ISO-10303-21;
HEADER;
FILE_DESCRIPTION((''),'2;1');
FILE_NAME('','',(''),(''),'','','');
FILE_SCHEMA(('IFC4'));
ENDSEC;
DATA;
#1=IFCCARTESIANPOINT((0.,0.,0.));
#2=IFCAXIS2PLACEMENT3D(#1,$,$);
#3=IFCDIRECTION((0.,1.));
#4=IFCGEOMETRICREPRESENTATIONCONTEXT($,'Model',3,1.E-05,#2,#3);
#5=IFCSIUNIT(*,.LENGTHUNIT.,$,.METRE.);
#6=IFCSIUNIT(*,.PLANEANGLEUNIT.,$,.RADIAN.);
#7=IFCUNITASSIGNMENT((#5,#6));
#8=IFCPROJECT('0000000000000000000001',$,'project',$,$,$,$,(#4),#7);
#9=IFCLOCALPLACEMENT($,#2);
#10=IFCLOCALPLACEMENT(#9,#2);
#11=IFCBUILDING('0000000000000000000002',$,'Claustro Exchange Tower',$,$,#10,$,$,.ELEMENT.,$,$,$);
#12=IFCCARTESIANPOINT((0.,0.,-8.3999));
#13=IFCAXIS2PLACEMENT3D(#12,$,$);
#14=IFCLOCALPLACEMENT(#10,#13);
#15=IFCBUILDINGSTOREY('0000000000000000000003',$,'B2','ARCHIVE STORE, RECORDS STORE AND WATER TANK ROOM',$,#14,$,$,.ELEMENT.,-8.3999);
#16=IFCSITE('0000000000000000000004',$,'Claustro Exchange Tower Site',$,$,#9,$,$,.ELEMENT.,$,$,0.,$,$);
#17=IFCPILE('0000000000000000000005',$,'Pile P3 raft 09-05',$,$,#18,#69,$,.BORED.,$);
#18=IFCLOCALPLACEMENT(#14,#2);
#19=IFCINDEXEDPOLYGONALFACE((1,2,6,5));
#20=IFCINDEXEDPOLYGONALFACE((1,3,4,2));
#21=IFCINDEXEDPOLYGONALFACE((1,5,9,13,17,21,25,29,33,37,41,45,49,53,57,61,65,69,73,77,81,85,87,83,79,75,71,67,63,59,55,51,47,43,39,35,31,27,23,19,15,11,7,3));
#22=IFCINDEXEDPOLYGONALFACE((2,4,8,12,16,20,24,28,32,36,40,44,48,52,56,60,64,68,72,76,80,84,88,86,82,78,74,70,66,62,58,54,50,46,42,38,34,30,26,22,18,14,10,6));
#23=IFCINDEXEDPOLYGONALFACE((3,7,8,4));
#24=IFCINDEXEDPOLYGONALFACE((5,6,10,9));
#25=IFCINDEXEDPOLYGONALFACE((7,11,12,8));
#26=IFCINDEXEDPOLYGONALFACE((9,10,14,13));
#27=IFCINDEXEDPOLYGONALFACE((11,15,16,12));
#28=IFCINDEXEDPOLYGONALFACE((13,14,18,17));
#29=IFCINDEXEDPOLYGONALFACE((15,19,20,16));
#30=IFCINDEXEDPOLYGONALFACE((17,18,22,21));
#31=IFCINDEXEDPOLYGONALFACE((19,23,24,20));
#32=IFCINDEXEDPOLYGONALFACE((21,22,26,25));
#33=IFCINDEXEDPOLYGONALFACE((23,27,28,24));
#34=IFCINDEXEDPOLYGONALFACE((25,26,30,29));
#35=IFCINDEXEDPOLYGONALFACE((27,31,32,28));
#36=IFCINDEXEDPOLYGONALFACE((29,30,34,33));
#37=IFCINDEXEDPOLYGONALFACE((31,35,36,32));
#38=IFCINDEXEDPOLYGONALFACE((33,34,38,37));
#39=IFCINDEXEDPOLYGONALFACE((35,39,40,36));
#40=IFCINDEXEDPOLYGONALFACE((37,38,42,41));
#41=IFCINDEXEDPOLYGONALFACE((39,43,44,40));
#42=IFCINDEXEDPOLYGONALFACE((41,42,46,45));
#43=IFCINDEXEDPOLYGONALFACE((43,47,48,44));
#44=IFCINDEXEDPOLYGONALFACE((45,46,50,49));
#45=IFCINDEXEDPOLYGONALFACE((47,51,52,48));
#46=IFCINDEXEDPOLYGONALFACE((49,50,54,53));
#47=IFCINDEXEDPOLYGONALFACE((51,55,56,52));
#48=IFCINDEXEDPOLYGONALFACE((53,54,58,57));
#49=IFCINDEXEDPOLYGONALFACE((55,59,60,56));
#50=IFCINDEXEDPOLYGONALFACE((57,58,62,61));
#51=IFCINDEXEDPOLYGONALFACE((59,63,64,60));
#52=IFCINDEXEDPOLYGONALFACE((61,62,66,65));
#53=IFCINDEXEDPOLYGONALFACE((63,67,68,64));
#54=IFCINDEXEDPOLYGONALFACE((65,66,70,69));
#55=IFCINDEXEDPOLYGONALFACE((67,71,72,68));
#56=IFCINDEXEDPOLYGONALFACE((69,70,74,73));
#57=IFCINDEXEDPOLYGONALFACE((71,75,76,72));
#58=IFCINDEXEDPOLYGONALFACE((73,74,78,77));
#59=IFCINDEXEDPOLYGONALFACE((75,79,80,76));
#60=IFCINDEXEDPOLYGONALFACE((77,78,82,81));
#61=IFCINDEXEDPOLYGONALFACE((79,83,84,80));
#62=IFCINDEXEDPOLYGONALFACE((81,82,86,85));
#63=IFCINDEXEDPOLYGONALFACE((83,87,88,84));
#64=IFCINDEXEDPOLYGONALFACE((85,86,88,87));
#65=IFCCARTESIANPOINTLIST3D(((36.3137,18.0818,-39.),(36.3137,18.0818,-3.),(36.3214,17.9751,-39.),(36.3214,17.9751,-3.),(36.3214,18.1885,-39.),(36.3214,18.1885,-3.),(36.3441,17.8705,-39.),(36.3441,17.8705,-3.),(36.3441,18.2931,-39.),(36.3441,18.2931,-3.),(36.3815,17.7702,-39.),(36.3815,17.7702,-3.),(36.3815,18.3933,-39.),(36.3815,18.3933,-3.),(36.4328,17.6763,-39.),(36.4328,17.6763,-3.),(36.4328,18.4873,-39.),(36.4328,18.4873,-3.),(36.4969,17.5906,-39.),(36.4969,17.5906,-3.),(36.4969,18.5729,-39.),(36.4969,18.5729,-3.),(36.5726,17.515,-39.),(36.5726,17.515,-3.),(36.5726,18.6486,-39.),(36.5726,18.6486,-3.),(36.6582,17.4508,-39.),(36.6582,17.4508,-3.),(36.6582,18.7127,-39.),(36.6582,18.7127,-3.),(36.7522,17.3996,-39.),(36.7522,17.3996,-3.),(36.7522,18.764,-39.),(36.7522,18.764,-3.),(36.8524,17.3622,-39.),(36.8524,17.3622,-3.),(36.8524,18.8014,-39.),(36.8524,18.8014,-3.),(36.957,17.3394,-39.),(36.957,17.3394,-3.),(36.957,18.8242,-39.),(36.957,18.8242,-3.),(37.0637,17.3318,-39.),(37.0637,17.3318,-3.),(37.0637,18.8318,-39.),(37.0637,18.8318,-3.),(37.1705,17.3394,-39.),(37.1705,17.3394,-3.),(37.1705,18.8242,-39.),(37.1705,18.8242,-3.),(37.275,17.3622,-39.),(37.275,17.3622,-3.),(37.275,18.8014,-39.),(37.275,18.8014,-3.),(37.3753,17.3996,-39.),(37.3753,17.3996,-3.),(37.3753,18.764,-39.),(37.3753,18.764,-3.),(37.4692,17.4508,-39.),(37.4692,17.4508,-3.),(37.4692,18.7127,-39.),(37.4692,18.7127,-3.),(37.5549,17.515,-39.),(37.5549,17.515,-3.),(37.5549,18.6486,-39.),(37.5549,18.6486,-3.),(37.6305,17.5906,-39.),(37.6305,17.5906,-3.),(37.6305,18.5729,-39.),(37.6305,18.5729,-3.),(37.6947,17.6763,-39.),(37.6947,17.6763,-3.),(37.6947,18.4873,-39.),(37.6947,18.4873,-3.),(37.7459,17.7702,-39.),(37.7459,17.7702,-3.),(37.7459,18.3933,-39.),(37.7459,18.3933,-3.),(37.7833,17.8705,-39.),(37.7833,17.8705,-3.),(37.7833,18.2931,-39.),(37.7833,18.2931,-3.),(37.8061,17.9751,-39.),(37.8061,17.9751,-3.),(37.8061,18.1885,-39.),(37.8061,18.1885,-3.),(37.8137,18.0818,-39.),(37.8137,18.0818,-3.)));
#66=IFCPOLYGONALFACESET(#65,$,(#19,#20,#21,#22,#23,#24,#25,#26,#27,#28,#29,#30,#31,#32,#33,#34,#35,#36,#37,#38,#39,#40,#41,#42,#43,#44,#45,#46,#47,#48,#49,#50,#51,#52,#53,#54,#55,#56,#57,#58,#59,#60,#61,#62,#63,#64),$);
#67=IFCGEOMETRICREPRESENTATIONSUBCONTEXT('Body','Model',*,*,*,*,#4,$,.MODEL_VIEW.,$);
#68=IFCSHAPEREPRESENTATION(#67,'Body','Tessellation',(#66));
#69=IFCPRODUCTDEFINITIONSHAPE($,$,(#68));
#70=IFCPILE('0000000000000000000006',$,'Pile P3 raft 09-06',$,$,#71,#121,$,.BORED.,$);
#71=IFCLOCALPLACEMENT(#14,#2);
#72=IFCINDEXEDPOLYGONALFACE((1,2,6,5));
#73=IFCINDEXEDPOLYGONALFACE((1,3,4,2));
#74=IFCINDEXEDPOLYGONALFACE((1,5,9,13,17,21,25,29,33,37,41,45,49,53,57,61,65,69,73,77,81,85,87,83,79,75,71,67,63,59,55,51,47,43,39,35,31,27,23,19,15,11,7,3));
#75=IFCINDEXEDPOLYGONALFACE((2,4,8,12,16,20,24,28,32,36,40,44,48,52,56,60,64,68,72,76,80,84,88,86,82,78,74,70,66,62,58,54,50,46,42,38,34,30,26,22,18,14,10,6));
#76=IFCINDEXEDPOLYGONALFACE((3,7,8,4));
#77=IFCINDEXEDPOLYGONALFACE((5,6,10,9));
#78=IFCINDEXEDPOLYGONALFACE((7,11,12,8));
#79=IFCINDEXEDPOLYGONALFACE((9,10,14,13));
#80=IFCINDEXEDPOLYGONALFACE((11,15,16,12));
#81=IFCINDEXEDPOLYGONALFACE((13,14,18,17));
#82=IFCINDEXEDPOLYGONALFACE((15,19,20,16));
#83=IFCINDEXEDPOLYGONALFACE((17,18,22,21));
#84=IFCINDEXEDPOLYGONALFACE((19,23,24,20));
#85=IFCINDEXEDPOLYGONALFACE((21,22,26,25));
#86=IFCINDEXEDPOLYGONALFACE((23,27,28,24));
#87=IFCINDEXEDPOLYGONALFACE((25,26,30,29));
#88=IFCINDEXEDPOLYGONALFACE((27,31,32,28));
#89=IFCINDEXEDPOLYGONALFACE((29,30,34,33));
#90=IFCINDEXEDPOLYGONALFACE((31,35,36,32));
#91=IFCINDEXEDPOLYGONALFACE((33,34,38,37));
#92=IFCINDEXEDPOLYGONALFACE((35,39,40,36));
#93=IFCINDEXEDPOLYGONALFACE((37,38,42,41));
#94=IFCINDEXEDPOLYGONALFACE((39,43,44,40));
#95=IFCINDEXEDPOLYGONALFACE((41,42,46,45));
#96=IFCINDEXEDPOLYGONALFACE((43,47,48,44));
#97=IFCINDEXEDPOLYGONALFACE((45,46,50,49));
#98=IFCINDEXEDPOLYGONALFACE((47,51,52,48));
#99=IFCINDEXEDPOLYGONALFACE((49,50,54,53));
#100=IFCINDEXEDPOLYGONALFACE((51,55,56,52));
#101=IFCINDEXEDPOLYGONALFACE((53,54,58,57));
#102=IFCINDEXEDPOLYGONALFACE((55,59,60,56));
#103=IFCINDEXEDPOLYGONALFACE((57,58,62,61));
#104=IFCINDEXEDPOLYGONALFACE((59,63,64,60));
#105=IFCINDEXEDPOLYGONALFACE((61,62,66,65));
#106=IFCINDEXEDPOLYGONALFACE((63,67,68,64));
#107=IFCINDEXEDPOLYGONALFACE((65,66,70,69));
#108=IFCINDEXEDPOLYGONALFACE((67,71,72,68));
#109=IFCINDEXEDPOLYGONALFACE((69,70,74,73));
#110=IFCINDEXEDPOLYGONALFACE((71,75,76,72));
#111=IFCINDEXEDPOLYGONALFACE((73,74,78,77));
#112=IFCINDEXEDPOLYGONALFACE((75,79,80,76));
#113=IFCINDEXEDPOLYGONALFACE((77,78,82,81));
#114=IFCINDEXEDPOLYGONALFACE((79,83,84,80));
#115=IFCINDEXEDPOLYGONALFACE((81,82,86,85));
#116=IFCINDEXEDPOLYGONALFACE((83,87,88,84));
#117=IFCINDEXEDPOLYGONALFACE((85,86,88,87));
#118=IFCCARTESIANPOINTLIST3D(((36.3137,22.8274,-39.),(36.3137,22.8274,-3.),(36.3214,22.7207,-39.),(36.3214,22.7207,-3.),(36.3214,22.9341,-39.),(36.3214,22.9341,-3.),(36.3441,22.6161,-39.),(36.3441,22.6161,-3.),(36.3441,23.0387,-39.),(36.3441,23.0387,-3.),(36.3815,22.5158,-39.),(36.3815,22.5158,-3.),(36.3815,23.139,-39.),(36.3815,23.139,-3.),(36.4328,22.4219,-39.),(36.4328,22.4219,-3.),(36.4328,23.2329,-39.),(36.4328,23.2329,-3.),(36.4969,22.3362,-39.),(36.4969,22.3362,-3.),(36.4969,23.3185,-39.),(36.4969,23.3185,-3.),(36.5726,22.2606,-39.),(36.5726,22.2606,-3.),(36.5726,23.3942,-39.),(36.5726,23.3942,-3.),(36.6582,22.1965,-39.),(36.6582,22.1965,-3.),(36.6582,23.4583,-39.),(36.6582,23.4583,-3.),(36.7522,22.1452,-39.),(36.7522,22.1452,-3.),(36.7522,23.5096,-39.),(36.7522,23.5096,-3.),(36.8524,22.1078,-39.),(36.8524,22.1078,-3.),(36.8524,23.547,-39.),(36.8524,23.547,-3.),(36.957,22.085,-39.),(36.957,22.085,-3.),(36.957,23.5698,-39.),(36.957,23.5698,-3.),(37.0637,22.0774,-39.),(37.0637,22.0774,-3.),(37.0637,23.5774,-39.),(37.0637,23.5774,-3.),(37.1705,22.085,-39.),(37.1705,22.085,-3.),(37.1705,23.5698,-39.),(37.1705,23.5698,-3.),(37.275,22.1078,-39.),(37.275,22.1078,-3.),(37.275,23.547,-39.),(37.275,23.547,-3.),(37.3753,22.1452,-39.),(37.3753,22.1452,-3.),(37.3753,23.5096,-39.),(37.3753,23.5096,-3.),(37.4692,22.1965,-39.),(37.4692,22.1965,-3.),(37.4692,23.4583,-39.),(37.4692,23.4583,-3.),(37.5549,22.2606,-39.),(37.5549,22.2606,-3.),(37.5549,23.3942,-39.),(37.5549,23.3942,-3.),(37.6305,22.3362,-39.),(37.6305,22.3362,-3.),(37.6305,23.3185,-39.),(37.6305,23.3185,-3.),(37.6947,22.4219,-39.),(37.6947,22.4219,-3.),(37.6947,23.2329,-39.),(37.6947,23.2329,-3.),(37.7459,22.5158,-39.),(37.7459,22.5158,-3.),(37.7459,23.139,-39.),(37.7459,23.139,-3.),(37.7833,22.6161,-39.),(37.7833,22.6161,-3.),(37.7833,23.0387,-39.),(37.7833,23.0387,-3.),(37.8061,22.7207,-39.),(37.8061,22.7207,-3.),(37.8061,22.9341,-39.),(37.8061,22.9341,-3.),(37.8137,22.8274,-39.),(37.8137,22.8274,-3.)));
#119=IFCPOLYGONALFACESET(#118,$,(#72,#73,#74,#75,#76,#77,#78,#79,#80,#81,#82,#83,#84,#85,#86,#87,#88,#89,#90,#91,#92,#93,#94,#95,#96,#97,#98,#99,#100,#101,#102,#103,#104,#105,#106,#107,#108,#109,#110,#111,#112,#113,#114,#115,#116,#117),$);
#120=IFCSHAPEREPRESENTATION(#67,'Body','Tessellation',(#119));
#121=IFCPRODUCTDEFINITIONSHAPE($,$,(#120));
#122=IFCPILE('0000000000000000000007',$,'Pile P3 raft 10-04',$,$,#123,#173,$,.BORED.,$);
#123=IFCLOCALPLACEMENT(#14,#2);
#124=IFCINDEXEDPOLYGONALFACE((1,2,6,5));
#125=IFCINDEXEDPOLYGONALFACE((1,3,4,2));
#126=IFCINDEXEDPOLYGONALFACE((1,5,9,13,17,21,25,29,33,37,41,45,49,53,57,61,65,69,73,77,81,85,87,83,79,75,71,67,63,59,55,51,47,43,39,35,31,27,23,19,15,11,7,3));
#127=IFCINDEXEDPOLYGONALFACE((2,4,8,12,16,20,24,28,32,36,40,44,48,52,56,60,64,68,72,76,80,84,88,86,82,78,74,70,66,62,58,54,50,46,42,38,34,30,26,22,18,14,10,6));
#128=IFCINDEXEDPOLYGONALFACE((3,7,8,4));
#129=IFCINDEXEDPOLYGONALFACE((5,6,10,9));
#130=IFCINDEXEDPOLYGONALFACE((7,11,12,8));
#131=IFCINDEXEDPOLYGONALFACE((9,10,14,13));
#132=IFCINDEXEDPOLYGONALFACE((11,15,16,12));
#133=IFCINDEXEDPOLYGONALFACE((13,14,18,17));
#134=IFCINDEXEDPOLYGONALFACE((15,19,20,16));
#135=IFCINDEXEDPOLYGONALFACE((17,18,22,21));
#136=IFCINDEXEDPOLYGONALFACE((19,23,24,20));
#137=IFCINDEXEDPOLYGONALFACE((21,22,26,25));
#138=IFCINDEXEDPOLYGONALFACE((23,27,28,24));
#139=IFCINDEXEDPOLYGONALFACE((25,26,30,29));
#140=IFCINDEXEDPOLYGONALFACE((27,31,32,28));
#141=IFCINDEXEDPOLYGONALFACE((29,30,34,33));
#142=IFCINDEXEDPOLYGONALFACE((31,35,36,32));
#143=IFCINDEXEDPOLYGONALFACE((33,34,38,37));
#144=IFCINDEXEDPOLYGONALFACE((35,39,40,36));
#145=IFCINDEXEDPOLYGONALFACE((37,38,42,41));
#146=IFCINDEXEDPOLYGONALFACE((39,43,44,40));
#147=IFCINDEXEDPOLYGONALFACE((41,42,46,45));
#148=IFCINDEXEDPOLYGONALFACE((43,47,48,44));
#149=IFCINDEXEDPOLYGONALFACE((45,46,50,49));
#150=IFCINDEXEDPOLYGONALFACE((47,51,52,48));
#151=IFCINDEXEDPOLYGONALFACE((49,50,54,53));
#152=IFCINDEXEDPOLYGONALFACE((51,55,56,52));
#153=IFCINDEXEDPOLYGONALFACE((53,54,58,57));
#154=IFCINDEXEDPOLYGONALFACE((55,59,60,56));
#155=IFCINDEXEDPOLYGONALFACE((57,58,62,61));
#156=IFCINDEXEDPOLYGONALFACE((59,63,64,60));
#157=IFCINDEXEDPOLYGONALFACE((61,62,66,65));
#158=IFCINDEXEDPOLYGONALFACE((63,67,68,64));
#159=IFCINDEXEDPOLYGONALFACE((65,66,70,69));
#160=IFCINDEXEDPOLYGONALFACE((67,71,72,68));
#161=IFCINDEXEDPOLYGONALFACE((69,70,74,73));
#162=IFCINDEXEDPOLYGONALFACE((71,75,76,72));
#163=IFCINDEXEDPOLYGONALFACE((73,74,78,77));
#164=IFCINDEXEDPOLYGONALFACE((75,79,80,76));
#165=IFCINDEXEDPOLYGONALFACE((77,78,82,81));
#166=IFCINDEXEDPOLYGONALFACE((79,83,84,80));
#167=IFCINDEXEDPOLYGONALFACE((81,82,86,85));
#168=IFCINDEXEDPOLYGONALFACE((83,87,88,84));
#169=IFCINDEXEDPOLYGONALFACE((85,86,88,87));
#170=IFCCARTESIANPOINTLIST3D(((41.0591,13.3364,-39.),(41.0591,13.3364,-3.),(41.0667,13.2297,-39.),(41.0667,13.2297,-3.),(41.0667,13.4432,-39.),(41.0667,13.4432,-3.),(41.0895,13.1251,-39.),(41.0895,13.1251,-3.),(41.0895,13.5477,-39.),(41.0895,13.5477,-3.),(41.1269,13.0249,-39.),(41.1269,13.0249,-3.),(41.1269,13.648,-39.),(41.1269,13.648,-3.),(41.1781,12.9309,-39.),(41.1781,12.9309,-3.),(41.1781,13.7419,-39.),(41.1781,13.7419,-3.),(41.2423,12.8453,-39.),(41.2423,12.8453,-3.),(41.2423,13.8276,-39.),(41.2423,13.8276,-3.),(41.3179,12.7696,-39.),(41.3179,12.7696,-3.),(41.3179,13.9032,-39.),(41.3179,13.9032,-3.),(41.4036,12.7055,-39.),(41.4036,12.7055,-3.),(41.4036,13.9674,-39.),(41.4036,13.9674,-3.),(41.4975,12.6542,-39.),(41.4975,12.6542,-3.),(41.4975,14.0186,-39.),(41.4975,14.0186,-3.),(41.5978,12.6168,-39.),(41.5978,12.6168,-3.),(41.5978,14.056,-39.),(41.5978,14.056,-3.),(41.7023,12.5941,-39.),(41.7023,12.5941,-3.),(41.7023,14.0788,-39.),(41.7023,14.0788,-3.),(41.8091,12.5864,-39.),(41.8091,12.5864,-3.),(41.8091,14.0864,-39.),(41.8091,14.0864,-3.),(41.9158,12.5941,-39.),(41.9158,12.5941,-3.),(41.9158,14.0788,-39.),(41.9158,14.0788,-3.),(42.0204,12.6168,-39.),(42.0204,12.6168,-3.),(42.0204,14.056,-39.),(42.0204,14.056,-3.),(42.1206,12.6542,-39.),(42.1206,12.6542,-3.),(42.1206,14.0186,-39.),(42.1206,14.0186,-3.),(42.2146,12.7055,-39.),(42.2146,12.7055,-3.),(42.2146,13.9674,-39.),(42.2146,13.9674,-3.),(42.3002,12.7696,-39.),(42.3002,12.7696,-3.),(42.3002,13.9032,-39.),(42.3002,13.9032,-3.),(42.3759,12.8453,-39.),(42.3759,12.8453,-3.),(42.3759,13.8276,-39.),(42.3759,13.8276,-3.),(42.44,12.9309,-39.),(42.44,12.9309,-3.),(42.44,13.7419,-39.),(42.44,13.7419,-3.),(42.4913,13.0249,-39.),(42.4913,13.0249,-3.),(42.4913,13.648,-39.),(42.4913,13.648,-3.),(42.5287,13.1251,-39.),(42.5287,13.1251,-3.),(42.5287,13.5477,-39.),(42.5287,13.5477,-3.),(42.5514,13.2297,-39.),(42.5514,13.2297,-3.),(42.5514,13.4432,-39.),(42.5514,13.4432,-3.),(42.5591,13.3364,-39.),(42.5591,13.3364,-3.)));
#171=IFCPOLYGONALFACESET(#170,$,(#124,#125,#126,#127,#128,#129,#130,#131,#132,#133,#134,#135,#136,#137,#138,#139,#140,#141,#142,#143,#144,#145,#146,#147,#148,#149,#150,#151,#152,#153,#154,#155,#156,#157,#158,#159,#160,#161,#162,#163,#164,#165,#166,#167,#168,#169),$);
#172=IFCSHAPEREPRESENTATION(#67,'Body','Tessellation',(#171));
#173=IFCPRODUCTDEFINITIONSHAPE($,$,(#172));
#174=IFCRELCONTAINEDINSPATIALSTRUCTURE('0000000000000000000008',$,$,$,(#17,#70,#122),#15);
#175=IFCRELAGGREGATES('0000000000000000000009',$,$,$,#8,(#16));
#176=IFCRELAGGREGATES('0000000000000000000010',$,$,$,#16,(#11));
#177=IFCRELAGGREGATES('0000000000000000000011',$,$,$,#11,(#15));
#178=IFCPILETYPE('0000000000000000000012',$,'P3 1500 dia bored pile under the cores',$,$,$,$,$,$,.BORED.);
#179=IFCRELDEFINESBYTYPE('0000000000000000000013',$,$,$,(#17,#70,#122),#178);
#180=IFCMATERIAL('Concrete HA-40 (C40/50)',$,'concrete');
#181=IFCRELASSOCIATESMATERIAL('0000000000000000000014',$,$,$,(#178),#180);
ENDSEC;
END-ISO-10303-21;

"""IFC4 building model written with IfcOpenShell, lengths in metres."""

from ifc_helpers import new_model, si_unit, direction, frame, origin, origin_2d, place, context, subcontext, project, spatial, circle, extrude, material, type_object, element, save


model = new_model("IFC4")

# Units and contexts
model_context = context("Model", 3, precision=1e-05, world=origin(), true_north=direction((0.0, 1.0)))
body_context = subcontext(model_context, "Body", "Model", "MODEL_VIEW")
ifc_project = project(units=[si_unit("LENGTHUNIT", "METRE"), si_unit("PLANEANGLEUNIT", "RADIAN")], contexts=[model_context])

# Site, building, storey
site_placement = place(None, origin())
site = spatial("IfcSite", under=ifc_project, at=site_placement, Name="Claustro Exchange Tower Site", CompositionType="ELEMENT", RefElevation=0.0)
building_placement = place(site_placement, origin())
building = spatial("IfcBuilding", under=site, at=building_placement, Name="Claustro Exchange Tower", CompositionType="ELEMENT")
storey_placement = place(building_placement, frame((0.0, 0.0, -8.3999)))
storey = spatial("IfcBuildingStorey", under=building, at=storey_placement, Name="B2", Description="ARCHIVE STORE, RECORDS STORE AND WATER TANK ROOM", CompositionType="ELEMENT", Elevation=-8.3999)

# Piles
ifc_material_1 = material(Name="Concrete HA-40 (C40/50)", Category="concrete")
pile_type_1 = type_object("IfcPileType", Name="P3 1500 dia bored pile under the cores", PredefinedType="BORED", material=ifc_material_1)
for number, where, z_axis, x_axis, name in (
    (1, (37.0637, 18.0818, -3.0), (0.0, 0.0, -1.0), (1.0, 0.0, 0.0), "Pile P3 raft 09-05"),
    (2, (37.0637, 22.8274, -3.0), (0.0, 0.0, -1.0), (1.0, 0.0, 0.0), "Pile P3 raft 09-06"),
    (3, (41.8091, 13.3364, -3.0), (0.0, 0.0, -1.0), (1.0, 0.0, 0.0), "Pile P3 raft 10-04"),
):
    element("IfcPile", number, at=place(storey_placement, frame(where, z_axis=z_axis, x_axis=x_axis)), inside=storey, type_object=pile_type_1, Name=name, PredefinedType="BORED", context=body_context, shape_type="SweptSolid", body=[
        extrude(circle(Radius=0.75, at=origin_2d()), origin(), (0.0, 0.0, 1.0), 36.0),
    ])

save(model, "model.ifc")
